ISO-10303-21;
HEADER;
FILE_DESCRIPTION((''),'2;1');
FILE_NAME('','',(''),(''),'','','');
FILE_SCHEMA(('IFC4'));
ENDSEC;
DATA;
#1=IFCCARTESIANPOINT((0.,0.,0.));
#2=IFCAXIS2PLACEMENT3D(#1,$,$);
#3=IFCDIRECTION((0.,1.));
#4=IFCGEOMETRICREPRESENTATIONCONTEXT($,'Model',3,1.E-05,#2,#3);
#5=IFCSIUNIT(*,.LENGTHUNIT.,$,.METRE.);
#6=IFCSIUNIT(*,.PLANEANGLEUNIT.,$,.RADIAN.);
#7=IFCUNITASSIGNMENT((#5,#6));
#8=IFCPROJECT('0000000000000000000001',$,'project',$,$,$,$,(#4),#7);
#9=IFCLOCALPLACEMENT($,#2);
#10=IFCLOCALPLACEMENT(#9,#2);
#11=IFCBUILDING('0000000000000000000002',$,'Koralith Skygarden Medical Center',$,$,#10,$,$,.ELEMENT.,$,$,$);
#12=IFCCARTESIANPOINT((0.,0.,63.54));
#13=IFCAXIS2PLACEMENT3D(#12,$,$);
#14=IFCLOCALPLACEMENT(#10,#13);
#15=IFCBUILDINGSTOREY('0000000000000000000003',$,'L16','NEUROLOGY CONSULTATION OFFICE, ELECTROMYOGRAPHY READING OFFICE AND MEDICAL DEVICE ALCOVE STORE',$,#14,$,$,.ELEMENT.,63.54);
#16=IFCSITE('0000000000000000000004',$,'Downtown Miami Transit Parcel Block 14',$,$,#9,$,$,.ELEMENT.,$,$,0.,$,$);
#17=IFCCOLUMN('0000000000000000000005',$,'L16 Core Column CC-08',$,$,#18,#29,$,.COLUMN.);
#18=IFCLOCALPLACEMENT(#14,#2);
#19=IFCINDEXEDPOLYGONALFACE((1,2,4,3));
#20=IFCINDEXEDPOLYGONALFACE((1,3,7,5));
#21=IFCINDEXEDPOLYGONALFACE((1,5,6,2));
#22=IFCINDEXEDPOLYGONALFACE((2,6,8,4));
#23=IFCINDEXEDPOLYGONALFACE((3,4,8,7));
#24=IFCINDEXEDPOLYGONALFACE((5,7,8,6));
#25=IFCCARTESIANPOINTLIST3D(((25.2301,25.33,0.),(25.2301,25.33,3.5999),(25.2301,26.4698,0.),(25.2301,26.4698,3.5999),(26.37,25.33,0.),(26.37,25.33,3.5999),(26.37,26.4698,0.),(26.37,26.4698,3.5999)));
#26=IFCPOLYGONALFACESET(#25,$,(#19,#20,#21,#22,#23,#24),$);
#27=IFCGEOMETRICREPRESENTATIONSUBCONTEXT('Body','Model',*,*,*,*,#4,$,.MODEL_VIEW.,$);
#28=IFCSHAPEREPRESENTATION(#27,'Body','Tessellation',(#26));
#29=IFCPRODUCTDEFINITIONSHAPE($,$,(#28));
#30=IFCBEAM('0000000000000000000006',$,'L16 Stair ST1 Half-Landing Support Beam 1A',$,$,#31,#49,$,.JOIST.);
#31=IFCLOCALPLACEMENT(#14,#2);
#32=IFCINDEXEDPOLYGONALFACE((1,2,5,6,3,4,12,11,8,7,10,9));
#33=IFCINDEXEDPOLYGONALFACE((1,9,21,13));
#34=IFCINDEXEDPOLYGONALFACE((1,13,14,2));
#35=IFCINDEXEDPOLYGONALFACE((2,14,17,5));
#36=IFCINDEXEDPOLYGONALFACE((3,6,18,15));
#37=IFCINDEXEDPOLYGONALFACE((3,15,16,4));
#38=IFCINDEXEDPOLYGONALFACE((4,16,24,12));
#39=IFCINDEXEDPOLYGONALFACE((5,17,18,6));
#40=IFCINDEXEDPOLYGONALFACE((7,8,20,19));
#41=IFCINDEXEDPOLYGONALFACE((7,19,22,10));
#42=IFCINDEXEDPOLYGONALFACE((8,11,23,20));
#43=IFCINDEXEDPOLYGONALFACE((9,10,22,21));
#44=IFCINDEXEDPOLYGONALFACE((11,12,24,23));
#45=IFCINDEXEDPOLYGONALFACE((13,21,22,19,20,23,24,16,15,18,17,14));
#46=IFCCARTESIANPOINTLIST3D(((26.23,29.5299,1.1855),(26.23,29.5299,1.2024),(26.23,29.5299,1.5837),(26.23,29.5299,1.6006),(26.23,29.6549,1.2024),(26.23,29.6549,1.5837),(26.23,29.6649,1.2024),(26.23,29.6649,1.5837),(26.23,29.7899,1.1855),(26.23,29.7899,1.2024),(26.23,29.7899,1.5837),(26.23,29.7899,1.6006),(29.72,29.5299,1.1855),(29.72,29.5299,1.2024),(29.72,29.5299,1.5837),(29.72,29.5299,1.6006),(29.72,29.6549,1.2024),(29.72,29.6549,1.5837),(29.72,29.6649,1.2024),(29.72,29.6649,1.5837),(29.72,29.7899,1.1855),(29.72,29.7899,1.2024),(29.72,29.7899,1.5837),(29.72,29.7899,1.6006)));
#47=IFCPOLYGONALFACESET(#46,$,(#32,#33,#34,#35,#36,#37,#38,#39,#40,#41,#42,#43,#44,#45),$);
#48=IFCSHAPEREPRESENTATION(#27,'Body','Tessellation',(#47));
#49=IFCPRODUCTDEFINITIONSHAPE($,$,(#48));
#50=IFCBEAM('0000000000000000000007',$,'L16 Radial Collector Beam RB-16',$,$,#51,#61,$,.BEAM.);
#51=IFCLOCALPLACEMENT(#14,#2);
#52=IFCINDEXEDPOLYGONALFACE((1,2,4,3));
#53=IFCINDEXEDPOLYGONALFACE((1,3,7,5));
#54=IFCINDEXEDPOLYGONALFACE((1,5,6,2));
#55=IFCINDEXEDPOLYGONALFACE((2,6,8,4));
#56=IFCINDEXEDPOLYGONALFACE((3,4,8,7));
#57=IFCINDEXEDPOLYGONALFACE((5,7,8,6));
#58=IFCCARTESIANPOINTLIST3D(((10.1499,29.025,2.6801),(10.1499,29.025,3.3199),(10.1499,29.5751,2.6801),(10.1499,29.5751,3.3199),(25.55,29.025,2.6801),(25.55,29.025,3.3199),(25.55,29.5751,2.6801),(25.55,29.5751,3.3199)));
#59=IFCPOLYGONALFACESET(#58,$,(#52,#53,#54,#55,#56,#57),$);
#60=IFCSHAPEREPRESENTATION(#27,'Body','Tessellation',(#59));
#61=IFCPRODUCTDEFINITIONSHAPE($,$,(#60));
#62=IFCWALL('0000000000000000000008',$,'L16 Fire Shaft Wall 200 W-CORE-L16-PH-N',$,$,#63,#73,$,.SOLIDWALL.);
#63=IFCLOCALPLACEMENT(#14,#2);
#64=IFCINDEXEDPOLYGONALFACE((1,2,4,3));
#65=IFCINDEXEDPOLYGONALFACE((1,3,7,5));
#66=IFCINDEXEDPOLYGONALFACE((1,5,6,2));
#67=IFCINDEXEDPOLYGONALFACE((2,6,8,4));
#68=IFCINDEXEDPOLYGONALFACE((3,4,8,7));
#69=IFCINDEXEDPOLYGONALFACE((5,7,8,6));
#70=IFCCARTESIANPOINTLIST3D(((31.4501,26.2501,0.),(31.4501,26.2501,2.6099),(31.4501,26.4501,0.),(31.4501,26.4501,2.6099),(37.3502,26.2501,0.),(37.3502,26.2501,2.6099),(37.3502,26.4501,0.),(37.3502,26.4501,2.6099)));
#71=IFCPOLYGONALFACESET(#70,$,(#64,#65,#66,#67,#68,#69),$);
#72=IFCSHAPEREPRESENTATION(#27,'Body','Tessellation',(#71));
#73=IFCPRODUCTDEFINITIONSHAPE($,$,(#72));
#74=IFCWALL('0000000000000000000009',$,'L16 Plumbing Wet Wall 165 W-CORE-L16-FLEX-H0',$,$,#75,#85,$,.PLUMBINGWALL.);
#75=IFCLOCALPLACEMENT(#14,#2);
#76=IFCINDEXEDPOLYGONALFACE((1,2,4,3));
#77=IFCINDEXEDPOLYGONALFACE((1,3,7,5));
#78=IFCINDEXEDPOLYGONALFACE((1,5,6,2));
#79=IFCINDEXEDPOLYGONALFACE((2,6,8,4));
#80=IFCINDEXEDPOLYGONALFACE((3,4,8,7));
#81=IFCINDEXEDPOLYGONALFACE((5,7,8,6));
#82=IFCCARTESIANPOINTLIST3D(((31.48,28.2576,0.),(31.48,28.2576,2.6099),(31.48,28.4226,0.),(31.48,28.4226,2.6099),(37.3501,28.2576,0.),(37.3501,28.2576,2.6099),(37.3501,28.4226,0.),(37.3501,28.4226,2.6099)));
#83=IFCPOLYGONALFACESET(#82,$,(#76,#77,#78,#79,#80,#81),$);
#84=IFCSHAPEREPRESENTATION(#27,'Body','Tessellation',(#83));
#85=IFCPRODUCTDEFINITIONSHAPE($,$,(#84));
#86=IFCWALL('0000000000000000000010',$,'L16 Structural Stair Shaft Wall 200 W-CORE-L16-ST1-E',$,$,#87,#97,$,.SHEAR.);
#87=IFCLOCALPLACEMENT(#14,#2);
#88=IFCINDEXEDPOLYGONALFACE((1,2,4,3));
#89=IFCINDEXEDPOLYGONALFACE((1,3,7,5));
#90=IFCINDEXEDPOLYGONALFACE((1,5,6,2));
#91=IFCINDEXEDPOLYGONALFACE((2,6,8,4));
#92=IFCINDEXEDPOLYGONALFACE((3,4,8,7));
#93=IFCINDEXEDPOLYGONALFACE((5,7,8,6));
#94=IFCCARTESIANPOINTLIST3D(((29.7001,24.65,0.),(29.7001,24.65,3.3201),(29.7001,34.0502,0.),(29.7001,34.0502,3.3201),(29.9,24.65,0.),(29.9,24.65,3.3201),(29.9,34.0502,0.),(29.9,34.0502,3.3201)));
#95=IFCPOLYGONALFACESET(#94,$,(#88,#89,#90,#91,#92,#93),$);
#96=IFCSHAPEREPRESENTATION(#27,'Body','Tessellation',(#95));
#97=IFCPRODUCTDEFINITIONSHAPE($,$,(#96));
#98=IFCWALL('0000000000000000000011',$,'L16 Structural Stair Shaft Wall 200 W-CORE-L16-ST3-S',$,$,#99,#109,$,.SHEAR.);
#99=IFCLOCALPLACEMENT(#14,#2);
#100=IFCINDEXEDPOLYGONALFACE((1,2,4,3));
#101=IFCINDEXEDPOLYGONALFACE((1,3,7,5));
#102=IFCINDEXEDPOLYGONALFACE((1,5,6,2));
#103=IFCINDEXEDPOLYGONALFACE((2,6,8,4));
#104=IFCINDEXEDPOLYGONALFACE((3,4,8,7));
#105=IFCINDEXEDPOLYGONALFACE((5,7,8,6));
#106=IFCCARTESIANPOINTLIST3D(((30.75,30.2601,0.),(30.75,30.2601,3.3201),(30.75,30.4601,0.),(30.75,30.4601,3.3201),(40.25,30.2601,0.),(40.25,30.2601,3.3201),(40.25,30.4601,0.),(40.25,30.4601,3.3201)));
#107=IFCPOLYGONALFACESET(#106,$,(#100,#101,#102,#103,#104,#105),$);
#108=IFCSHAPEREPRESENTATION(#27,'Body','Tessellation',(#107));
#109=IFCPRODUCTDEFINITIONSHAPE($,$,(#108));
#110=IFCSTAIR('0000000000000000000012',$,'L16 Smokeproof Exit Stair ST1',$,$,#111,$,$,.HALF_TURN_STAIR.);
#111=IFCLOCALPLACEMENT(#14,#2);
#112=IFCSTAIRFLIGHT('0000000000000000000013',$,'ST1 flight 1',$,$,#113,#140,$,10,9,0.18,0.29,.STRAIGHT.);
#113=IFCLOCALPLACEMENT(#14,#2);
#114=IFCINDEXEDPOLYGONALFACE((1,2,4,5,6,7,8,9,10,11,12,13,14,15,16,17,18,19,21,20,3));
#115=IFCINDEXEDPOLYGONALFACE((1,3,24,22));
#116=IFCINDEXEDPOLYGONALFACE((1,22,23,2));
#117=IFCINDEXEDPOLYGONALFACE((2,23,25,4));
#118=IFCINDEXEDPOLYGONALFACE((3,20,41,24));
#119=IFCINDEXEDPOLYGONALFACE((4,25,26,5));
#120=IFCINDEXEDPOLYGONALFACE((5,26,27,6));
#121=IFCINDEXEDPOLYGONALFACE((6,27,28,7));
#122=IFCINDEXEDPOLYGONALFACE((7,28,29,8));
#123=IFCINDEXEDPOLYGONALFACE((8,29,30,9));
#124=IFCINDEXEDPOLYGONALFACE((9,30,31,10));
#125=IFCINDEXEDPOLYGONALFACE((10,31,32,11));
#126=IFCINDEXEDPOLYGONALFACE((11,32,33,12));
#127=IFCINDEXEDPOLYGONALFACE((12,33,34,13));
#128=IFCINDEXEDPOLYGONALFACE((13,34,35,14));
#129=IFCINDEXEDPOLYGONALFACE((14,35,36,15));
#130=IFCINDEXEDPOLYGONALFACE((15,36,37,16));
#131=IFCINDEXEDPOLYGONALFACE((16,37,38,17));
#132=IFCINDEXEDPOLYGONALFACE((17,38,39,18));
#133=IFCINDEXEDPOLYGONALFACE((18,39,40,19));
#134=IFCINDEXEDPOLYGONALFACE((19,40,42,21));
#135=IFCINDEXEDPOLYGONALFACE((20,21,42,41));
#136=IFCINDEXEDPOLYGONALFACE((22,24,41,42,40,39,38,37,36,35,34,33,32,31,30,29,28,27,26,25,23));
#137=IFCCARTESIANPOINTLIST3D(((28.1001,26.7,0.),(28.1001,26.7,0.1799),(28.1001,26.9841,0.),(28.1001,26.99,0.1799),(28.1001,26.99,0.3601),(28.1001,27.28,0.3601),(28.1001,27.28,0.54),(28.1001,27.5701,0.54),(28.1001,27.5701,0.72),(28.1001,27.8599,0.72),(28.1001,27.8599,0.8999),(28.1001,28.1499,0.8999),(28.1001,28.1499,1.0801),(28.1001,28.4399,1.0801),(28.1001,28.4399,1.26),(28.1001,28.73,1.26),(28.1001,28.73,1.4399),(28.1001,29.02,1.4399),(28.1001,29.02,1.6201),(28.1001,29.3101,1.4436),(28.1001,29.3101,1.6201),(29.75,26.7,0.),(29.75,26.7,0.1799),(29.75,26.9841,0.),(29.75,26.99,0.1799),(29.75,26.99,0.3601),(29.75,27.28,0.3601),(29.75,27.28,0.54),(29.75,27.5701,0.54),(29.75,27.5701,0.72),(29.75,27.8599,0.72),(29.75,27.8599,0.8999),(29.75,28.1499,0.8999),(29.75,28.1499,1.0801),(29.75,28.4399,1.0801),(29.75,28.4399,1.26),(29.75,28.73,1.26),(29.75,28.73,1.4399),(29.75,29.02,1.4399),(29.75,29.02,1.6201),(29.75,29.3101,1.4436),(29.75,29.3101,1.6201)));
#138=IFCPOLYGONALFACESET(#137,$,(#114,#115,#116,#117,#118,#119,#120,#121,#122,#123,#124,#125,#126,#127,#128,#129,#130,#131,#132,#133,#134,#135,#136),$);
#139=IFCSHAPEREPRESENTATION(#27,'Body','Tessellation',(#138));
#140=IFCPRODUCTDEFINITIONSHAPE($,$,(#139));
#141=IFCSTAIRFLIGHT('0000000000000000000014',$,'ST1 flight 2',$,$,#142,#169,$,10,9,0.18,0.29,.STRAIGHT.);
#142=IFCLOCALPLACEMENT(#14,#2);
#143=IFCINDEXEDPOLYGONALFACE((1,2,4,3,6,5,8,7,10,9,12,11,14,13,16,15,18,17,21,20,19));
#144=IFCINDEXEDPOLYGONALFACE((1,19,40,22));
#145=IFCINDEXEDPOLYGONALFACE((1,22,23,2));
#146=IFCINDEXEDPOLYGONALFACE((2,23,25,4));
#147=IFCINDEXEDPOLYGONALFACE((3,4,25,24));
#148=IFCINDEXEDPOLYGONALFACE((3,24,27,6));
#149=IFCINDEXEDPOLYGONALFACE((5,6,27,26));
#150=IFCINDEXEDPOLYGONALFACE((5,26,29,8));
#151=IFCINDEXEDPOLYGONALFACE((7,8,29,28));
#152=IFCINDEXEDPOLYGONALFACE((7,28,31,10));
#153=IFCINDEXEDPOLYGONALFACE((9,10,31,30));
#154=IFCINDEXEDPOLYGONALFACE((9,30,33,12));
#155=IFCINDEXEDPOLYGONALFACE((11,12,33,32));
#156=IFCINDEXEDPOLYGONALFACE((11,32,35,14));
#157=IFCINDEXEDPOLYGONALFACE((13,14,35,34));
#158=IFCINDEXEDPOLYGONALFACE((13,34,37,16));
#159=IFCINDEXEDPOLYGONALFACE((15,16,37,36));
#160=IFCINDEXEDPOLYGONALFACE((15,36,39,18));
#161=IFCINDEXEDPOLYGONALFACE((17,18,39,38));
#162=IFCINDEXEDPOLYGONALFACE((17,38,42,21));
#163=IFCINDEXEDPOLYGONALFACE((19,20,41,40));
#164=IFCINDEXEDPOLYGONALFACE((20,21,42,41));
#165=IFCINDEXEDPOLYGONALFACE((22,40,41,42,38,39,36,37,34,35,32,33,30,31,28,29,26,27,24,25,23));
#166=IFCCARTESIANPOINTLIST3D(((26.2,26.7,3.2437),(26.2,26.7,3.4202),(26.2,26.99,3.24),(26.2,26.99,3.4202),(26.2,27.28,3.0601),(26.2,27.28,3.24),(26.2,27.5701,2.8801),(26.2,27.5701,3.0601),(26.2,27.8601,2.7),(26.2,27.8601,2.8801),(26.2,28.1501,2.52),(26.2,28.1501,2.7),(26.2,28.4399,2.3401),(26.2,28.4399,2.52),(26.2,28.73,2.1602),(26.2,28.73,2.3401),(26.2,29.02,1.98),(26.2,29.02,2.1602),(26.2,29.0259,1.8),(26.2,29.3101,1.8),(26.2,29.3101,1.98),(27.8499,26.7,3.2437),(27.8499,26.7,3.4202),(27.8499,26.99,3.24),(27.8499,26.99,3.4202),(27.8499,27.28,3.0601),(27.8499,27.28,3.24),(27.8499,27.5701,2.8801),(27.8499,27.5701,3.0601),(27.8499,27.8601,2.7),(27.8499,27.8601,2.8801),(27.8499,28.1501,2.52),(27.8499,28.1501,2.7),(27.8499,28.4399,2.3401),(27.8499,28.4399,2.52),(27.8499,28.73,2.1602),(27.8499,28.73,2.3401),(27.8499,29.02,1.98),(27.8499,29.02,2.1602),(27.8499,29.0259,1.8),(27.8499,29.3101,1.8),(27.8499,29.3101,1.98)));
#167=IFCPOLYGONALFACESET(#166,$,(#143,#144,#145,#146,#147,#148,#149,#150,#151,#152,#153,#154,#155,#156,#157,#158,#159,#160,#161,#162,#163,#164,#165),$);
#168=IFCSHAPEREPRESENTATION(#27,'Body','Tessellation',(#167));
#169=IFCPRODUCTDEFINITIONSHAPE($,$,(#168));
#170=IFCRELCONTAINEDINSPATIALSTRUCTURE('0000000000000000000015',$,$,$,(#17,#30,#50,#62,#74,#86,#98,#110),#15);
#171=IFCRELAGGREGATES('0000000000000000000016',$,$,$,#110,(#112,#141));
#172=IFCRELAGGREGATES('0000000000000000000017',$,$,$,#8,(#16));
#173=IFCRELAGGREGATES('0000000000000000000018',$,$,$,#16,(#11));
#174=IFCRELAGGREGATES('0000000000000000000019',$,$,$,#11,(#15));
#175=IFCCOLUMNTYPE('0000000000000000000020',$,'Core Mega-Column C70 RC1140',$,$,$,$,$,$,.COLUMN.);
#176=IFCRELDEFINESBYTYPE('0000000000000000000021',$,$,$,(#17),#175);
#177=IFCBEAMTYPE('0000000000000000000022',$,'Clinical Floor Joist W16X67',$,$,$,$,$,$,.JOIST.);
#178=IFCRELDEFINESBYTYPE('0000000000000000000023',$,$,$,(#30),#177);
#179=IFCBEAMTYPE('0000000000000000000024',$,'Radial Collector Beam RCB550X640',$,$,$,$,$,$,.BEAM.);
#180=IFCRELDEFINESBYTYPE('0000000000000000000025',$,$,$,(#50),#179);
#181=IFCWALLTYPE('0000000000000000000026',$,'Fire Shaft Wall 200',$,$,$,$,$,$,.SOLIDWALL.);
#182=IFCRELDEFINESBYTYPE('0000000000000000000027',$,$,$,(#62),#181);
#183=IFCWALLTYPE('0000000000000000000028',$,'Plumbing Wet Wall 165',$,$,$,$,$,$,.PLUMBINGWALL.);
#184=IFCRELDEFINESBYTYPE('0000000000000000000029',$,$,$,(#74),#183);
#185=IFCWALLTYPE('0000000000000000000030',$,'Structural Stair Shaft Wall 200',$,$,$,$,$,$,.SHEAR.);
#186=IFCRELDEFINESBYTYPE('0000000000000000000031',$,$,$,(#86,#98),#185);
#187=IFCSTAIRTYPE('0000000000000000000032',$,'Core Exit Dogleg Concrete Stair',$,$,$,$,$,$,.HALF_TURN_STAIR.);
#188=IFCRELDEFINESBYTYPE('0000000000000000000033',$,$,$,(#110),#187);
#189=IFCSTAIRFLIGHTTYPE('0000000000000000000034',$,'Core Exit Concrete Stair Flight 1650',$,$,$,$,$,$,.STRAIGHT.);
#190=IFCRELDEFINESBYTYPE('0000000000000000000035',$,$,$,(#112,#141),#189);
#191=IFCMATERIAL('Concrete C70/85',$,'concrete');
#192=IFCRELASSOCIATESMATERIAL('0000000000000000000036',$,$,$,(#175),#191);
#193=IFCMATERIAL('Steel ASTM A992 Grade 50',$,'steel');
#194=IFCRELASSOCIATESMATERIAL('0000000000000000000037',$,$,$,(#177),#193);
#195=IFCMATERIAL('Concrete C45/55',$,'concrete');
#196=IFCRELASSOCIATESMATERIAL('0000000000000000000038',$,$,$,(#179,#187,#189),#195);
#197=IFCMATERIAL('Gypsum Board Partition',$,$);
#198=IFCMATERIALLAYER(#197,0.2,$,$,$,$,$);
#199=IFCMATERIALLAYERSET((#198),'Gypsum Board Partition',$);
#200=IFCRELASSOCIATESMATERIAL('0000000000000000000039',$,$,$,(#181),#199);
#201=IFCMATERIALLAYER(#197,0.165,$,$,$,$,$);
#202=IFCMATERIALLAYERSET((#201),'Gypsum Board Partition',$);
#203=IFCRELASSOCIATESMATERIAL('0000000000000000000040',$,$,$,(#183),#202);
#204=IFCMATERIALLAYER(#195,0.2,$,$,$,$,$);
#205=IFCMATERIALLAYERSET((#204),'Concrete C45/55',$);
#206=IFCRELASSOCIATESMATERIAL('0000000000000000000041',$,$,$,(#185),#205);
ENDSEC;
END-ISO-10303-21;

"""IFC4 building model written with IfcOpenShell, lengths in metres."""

from ifc_helpers import new_model, si_unit, direction, frame, frame_2d, origin, origin_2d, place, context, subcontext, project, spatial, polyline, rectangle, i_section, outline, extrude, material, layer, layer_set, material_profile, profile_set, type_object, element, aggregate, save


model = new_model("IFC4")

# Units and contexts
model_context = context("Model", 3, precision=1e-05, world=origin(), true_north=direction((0.0, 1.0)))
body_context = subcontext(model_context, "Body", "Model", "MODEL_VIEW")
ifc_project = project(units=[si_unit("LENGTHUNIT", "METRE"), si_unit("PLANEANGLEUNIT", "RADIAN")], contexts=[model_context])

# Site, building, storey
site_placement = place(None, origin())
site = spatial("IfcSite", under=ifc_project, at=site_placement, Name="Downtown Miami Transit Parcel Block 14", CompositionType="ELEMENT", RefElevation=0.0)
building_placement = place(site_placement, origin())
building = spatial("IfcBuilding", under=site, at=building_placement, Name="Koralith Skygarden Medical Center", CompositionType="ELEMENT")
storey_placement = place(building_placement, frame((0.0, 0.0, 63.54)))
storey = spatial("IfcBuildingStorey", under=building, at=storey_placement, Name="L16", Description="NEUROLOGY CONSULTATION OFFICE, ELECTROMYOGRAPHY READING OFFICE AND MEDICAL DEVICE ALCOVE STORE", CompositionType="ELEMENT", Elevation=63.54)

# Column
ifc_material_1 = material(Name="Concrete C70/85", Category="concrete")
ifc_material_profile_1 = material_profile(ifc_material_1, rectangle(XDim=1.1399, YDim=1.1399, at=origin_2d()), Name="RC1140X1140")
ifc_profile_set_1 = profile_set([ifc_material_profile_1], Name="Concrete C70/85")
column_type = type_object("IfcColumnType", Name="Core Mega-Column C70 RC1140", PredefinedType="COLUMN", material=ifc_profile_set_1)
column_placement = place(storey_placement, frame((25.8, 25.8999, 0.0), z_axis=(0.0, 0.0, 1.0), x_axis=(1.0, 0.0, 0.0)))
element("IfcColumn", 1, at=column_placement, inside=storey, type_object=column_type, Name="L16 Core Column CC-08", PredefinedType="COLUMN", context=body_context, shape_type="SweptSolid", body=[
    extrude(rectangle(XDim=1.1399, YDim=1.1399, at=origin_2d()), origin(), (0.0, 0.0, 1.0), 3.5999),
])

# Beams
ifc_material_2 = material(Name="Steel ASTM A992 Grade 50", Category="steel")
ifc_material_profile_2 = material_profile(ifc_material_2, i_section(OverallWidth=0.26, OverallDepth=0.415, WebThickness=0.01, FlangeThickness=0.0168, at=origin_2d()), Name="W16X67")
ifc_profile_set_2 = profile_set([ifc_material_profile_2], Name="Steel ASTM A992 Grade 50")
beam_type_1 = type_object("IfcBeamType", Name="Clinical Floor Joist W16X67", PredefinedType="JOIST", material=ifc_profile_set_2)
beam_1_placement = place(storey_placement, frame((26.23, 29.6599, 1.3931), z_axis=(1.0, 0.0, 0.0), x_axis=(0.0, 1.0, 0.0)))
element("IfcBeam", 2, at=beam_1_placement, inside=storey, type_object=beam_type_1, Name="L16 Stair ST1 Half-Landing Support Beam 1A", PredefinedType="JOIST", context=body_context, shape_type="SweptSolid", body=[
    extrude(i_section(OverallWidth=0.26, OverallDepth=0.415, WebThickness=0.01, FlangeThickness=0.0168, at=origin_2d()), origin(), (0.0, 0.0, 1.0), 3.49),
])
ifc_material_3 = material(Name="Concrete C45/55", Category="concrete")
ifc_material_profile_3 = material_profile(ifc_material_3, rectangle(XDim=0.55, YDim=0.6399, at=origin_2d()), Name="RCB550X640")
ifc_profile_set_3 = profile_set([ifc_material_profile_3], Name="Concrete C45/55")
beam_type_2 = type_object("IfcBeamType", Name="Radial Collector Beam RCB550X640", PredefinedType="BEAM", material=ifc_profile_set_3)
beam_2_placement = place(storey_placement, frame((25.55, 29.3, 3.0), z_axis=(-1.0, 0.0, 0.0), x_axis=(0.0, -1.0, 0.0)))
element("IfcBeam", 3, at=beam_2_placement, inside=storey, type_object=beam_type_2, Name="L16 Radial Collector Beam RB-16", PredefinedType="BEAM", context=body_context, shape_type="SweptSolid", body=[
    extrude(rectangle(XDim=0.55, YDim=0.6399, at=origin_2d()), origin(), (0.0, 0.0, 1.0), 15.4001),
])

# Wall
ifc_material_4 = material(Name="Gypsum Board Partition")
ifc_layer_1 = layer(ifc_material_4, 0.2)
ifc_layer_set_1 = layer_set([ifc_layer_1], Name="Gypsum Board Partition")
wall_type_1 = type_object("IfcWallType", Name="Fire Shaft Wall 200", PredefinedType="SOLIDWALL", material=ifc_layer_set_1)
wall_1_placement = place(storey_placement, frame((31.45, 26.3501, 0.0), z_axis=(0.0, 0.0, 1.0), x_axis=(1.0, 0.0, 0.0)))
element("IfcWall", 4, at=wall_1_placement, inside=storey, type_object=wall_type_1, Name="L16 Fire Shaft Wall 200 W-CORE-L16-PH-N", PredefinedType="SOLIDWALL", context=body_context, shape_type="SweptSolid", body=[
    extrude(rectangle(XDim=5.9001, YDim=0.2, at=frame_2d((2.9502, 0.0))), origin(), (0.0, 0.0, 1.0), 2.6099),
])

# Shared definitions
ifc_layer_2 = layer(ifc_material_4, 0.165)
ifc_layer_set_2 = layer_set([ifc_layer_2], Name="Gypsum Board Partition")
wall_type_2 = type_object("IfcWallType", Name="Plumbing Wet Wall 165", PredefinedType="PLUMBINGWALL", material=ifc_layer_set_2)

# Walls
wall_2_placement = place(storey_placement, frame((31.48, 28.3401, 0.0), z_axis=(0.0, 0.0, 1.0), x_axis=(1.0, 0.0, 0.0)))
element("IfcWall", 5, at=wall_2_placement, inside=storey, type_object=wall_type_2, Name="L16 Plumbing Wet Wall 165 W-CORE-L16-FLEX-H0", PredefinedType="PLUMBINGWALL", context=body_context, shape_type="SweptSolid", body=[
    extrude(rectangle(XDim=5.8701, YDim=0.165, at=frame_2d((2.9351, 0.0))), origin(), (0.0, 0.0, 1.0), 2.6099),
])
ifc_layer_3 = layer(ifc_material_3, 0.2)
ifc_layer_set_3 = layer_set([ifc_layer_3], Name="Concrete C45/55")
wall_type_3 = type_object("IfcWallType", Name="Structural Stair Shaft Wall 200", PredefinedType="SHEAR", material=ifc_layer_set_3)
wall_3_placement = place(storey_placement, frame((29.8, 24.6499, 0.0), z_axis=(0.0, 0.0, 1.0), x_axis=(0.0, 1.0, 0.0)))
element("IfcWall", 6, at=wall_3_placement, inside=storey, type_object=wall_type_3, Name="L16 Structural Stair Shaft Wall 200 W-CORE-L16-ST1-E", PredefinedType="SHEAR", context=body_context, shape_type="SweptSolid", body=[
    extrude(rectangle(XDim=9.4001, YDim=0.2, at=frame_2d((4.7002, 0.0))), origin(), (0.0, 0.0, 1.0), 3.3201),
])

# Wall
wall_4_placement = place(storey_placement, frame((30.75, 30.3601, 0.0), z_axis=(0.0, 0.0, 1.0), x_axis=(1.0, 0.0, 0.0)))
element("IfcWall", 7, at=wall_4_placement, inside=storey, type_object=wall_type_3, Name="L16 Structural Stair Shaft Wall 200 W-CORE-L16-ST3-S", PredefinedType="SHEAR", context=body_context, shape_type="SweptSolid", body=[
    extrude(rectangle(XDim=9.5, YDim=0.2, at=frame_2d((4.75, 0.0))), origin(), (0.0, 0.0, 1.0), 3.3201),
])

# Stair, stair flights
stair_type = type_object("IfcStairType", Name="Core Exit Dogleg Concrete Stair", PredefinedType="HALF_TURN_STAIR", material=ifc_material_3)
stair_placement = place(storey_placement, origin())
stair = element("IfcStair", 8, at=stair_placement, inside=storey, type_object=stair_type, Name="L16 Smokeproof Exit Stair ST1", PredefinedType="HALF_TURN_STAIR")
stair_flight_type = type_object("IfcStairFlightType", Name="Core Exit Concrete Stair Flight 1650", PredefinedType="STRAIGHT", material=ifc_material_3)
stair_flight_1_placement = place(storey_placement, frame((28.925, 26.7, 0.0), z_axis=(0.0, 0.0, 1.0), x_axis=(0.0, 1.0, 0.0)))
stair_flight_1 = element("IfcStairFlight", 9, at=stair_flight_1_placement, type_object=stair_flight_type, Name="ST1 flight 1", NumberOfRisers=10, NumberOfTreads=9, PredefinedType="STRAIGHT", RiserHeight=0.18, TreadLength=0.29, context=body_context, shape_type="SweptSolid", body=[
    extrude(outline(polyline([(0.0, 0.0), (0.0, 0.1799), (0.29, 0.1799), (0.29, 0.3601), (0.5801, 0.3601), (0.5801, 0.54), (0.8701, 0.54), (0.8701, 0.72), (1.1599, 0.72), (1.1599, 0.8999), (1.45, 0.8999), (1.45, 1.0801), (1.74, 1.0801), (1.74, 1.26), (2.03, 1.26), (2.03, 1.4399), (2.3201, 1.4399), (2.3201, 1.6201), (2.6101, 1.6201), (2.6101, 1.8), (2.6101, 1.4436), (0.2842, 0.0), (0.0, 0.0)])), frame((0.0, 0.825, 0.0), z_axis=(0.0, -1.0, 0.0), x_axis=(1.0, 0.0, 0.0)), (0.0, 0.0, 1.0), 1.6499),
])
stair_flight_2_placement = place(storey_placement, frame((27.0249, 29.3101, 1.8), z_axis=(0.0, 0.0, 1.0), x_axis=(0.0, -1.0, 0.0)))
stair_flight_2 = element("IfcStairFlight", 10, at=stair_flight_2_placement, type_object=stair_flight_type, Name="ST1 flight 2", NumberOfRisers=10, NumberOfTreads=9, PredefinedType="STRAIGHT", RiserHeight=0.18, TreadLength=0.29, context=body_context, shape_type="SweptSolid", body=[
    extrude(outline(polyline([(0.0, 0.0), (0.0, 0.1799), (0.29, 0.1799), (0.29, 0.3601), (0.5801, 0.3601), (0.5801, 0.54), (0.8701, 0.54), (0.8701, 0.72), (1.1599, 0.72), (1.1599, 0.8999), (1.45, 0.8999), (1.45, 1.0801), (1.74, 1.0801), (1.74, 1.26), (2.03, 1.26), (2.03, 1.4399), (2.3201, 1.4399), (2.3201, 1.6201), (2.6101, 1.6201), (2.6101, 1.8), (2.6101, 1.4436), (0.2842, 0.0), (0.0, 0.0)])), frame((0.0, 0.825, 0.0), z_axis=(0.0, -1.0, 0.0), x_axis=(1.0, 0.0, 0.0)), (0.0, 0.0, 1.0), 1.6499),
])
aggregate(stair, [stair_flight_1, stair_flight_2])

save(model, "model.ifc")
